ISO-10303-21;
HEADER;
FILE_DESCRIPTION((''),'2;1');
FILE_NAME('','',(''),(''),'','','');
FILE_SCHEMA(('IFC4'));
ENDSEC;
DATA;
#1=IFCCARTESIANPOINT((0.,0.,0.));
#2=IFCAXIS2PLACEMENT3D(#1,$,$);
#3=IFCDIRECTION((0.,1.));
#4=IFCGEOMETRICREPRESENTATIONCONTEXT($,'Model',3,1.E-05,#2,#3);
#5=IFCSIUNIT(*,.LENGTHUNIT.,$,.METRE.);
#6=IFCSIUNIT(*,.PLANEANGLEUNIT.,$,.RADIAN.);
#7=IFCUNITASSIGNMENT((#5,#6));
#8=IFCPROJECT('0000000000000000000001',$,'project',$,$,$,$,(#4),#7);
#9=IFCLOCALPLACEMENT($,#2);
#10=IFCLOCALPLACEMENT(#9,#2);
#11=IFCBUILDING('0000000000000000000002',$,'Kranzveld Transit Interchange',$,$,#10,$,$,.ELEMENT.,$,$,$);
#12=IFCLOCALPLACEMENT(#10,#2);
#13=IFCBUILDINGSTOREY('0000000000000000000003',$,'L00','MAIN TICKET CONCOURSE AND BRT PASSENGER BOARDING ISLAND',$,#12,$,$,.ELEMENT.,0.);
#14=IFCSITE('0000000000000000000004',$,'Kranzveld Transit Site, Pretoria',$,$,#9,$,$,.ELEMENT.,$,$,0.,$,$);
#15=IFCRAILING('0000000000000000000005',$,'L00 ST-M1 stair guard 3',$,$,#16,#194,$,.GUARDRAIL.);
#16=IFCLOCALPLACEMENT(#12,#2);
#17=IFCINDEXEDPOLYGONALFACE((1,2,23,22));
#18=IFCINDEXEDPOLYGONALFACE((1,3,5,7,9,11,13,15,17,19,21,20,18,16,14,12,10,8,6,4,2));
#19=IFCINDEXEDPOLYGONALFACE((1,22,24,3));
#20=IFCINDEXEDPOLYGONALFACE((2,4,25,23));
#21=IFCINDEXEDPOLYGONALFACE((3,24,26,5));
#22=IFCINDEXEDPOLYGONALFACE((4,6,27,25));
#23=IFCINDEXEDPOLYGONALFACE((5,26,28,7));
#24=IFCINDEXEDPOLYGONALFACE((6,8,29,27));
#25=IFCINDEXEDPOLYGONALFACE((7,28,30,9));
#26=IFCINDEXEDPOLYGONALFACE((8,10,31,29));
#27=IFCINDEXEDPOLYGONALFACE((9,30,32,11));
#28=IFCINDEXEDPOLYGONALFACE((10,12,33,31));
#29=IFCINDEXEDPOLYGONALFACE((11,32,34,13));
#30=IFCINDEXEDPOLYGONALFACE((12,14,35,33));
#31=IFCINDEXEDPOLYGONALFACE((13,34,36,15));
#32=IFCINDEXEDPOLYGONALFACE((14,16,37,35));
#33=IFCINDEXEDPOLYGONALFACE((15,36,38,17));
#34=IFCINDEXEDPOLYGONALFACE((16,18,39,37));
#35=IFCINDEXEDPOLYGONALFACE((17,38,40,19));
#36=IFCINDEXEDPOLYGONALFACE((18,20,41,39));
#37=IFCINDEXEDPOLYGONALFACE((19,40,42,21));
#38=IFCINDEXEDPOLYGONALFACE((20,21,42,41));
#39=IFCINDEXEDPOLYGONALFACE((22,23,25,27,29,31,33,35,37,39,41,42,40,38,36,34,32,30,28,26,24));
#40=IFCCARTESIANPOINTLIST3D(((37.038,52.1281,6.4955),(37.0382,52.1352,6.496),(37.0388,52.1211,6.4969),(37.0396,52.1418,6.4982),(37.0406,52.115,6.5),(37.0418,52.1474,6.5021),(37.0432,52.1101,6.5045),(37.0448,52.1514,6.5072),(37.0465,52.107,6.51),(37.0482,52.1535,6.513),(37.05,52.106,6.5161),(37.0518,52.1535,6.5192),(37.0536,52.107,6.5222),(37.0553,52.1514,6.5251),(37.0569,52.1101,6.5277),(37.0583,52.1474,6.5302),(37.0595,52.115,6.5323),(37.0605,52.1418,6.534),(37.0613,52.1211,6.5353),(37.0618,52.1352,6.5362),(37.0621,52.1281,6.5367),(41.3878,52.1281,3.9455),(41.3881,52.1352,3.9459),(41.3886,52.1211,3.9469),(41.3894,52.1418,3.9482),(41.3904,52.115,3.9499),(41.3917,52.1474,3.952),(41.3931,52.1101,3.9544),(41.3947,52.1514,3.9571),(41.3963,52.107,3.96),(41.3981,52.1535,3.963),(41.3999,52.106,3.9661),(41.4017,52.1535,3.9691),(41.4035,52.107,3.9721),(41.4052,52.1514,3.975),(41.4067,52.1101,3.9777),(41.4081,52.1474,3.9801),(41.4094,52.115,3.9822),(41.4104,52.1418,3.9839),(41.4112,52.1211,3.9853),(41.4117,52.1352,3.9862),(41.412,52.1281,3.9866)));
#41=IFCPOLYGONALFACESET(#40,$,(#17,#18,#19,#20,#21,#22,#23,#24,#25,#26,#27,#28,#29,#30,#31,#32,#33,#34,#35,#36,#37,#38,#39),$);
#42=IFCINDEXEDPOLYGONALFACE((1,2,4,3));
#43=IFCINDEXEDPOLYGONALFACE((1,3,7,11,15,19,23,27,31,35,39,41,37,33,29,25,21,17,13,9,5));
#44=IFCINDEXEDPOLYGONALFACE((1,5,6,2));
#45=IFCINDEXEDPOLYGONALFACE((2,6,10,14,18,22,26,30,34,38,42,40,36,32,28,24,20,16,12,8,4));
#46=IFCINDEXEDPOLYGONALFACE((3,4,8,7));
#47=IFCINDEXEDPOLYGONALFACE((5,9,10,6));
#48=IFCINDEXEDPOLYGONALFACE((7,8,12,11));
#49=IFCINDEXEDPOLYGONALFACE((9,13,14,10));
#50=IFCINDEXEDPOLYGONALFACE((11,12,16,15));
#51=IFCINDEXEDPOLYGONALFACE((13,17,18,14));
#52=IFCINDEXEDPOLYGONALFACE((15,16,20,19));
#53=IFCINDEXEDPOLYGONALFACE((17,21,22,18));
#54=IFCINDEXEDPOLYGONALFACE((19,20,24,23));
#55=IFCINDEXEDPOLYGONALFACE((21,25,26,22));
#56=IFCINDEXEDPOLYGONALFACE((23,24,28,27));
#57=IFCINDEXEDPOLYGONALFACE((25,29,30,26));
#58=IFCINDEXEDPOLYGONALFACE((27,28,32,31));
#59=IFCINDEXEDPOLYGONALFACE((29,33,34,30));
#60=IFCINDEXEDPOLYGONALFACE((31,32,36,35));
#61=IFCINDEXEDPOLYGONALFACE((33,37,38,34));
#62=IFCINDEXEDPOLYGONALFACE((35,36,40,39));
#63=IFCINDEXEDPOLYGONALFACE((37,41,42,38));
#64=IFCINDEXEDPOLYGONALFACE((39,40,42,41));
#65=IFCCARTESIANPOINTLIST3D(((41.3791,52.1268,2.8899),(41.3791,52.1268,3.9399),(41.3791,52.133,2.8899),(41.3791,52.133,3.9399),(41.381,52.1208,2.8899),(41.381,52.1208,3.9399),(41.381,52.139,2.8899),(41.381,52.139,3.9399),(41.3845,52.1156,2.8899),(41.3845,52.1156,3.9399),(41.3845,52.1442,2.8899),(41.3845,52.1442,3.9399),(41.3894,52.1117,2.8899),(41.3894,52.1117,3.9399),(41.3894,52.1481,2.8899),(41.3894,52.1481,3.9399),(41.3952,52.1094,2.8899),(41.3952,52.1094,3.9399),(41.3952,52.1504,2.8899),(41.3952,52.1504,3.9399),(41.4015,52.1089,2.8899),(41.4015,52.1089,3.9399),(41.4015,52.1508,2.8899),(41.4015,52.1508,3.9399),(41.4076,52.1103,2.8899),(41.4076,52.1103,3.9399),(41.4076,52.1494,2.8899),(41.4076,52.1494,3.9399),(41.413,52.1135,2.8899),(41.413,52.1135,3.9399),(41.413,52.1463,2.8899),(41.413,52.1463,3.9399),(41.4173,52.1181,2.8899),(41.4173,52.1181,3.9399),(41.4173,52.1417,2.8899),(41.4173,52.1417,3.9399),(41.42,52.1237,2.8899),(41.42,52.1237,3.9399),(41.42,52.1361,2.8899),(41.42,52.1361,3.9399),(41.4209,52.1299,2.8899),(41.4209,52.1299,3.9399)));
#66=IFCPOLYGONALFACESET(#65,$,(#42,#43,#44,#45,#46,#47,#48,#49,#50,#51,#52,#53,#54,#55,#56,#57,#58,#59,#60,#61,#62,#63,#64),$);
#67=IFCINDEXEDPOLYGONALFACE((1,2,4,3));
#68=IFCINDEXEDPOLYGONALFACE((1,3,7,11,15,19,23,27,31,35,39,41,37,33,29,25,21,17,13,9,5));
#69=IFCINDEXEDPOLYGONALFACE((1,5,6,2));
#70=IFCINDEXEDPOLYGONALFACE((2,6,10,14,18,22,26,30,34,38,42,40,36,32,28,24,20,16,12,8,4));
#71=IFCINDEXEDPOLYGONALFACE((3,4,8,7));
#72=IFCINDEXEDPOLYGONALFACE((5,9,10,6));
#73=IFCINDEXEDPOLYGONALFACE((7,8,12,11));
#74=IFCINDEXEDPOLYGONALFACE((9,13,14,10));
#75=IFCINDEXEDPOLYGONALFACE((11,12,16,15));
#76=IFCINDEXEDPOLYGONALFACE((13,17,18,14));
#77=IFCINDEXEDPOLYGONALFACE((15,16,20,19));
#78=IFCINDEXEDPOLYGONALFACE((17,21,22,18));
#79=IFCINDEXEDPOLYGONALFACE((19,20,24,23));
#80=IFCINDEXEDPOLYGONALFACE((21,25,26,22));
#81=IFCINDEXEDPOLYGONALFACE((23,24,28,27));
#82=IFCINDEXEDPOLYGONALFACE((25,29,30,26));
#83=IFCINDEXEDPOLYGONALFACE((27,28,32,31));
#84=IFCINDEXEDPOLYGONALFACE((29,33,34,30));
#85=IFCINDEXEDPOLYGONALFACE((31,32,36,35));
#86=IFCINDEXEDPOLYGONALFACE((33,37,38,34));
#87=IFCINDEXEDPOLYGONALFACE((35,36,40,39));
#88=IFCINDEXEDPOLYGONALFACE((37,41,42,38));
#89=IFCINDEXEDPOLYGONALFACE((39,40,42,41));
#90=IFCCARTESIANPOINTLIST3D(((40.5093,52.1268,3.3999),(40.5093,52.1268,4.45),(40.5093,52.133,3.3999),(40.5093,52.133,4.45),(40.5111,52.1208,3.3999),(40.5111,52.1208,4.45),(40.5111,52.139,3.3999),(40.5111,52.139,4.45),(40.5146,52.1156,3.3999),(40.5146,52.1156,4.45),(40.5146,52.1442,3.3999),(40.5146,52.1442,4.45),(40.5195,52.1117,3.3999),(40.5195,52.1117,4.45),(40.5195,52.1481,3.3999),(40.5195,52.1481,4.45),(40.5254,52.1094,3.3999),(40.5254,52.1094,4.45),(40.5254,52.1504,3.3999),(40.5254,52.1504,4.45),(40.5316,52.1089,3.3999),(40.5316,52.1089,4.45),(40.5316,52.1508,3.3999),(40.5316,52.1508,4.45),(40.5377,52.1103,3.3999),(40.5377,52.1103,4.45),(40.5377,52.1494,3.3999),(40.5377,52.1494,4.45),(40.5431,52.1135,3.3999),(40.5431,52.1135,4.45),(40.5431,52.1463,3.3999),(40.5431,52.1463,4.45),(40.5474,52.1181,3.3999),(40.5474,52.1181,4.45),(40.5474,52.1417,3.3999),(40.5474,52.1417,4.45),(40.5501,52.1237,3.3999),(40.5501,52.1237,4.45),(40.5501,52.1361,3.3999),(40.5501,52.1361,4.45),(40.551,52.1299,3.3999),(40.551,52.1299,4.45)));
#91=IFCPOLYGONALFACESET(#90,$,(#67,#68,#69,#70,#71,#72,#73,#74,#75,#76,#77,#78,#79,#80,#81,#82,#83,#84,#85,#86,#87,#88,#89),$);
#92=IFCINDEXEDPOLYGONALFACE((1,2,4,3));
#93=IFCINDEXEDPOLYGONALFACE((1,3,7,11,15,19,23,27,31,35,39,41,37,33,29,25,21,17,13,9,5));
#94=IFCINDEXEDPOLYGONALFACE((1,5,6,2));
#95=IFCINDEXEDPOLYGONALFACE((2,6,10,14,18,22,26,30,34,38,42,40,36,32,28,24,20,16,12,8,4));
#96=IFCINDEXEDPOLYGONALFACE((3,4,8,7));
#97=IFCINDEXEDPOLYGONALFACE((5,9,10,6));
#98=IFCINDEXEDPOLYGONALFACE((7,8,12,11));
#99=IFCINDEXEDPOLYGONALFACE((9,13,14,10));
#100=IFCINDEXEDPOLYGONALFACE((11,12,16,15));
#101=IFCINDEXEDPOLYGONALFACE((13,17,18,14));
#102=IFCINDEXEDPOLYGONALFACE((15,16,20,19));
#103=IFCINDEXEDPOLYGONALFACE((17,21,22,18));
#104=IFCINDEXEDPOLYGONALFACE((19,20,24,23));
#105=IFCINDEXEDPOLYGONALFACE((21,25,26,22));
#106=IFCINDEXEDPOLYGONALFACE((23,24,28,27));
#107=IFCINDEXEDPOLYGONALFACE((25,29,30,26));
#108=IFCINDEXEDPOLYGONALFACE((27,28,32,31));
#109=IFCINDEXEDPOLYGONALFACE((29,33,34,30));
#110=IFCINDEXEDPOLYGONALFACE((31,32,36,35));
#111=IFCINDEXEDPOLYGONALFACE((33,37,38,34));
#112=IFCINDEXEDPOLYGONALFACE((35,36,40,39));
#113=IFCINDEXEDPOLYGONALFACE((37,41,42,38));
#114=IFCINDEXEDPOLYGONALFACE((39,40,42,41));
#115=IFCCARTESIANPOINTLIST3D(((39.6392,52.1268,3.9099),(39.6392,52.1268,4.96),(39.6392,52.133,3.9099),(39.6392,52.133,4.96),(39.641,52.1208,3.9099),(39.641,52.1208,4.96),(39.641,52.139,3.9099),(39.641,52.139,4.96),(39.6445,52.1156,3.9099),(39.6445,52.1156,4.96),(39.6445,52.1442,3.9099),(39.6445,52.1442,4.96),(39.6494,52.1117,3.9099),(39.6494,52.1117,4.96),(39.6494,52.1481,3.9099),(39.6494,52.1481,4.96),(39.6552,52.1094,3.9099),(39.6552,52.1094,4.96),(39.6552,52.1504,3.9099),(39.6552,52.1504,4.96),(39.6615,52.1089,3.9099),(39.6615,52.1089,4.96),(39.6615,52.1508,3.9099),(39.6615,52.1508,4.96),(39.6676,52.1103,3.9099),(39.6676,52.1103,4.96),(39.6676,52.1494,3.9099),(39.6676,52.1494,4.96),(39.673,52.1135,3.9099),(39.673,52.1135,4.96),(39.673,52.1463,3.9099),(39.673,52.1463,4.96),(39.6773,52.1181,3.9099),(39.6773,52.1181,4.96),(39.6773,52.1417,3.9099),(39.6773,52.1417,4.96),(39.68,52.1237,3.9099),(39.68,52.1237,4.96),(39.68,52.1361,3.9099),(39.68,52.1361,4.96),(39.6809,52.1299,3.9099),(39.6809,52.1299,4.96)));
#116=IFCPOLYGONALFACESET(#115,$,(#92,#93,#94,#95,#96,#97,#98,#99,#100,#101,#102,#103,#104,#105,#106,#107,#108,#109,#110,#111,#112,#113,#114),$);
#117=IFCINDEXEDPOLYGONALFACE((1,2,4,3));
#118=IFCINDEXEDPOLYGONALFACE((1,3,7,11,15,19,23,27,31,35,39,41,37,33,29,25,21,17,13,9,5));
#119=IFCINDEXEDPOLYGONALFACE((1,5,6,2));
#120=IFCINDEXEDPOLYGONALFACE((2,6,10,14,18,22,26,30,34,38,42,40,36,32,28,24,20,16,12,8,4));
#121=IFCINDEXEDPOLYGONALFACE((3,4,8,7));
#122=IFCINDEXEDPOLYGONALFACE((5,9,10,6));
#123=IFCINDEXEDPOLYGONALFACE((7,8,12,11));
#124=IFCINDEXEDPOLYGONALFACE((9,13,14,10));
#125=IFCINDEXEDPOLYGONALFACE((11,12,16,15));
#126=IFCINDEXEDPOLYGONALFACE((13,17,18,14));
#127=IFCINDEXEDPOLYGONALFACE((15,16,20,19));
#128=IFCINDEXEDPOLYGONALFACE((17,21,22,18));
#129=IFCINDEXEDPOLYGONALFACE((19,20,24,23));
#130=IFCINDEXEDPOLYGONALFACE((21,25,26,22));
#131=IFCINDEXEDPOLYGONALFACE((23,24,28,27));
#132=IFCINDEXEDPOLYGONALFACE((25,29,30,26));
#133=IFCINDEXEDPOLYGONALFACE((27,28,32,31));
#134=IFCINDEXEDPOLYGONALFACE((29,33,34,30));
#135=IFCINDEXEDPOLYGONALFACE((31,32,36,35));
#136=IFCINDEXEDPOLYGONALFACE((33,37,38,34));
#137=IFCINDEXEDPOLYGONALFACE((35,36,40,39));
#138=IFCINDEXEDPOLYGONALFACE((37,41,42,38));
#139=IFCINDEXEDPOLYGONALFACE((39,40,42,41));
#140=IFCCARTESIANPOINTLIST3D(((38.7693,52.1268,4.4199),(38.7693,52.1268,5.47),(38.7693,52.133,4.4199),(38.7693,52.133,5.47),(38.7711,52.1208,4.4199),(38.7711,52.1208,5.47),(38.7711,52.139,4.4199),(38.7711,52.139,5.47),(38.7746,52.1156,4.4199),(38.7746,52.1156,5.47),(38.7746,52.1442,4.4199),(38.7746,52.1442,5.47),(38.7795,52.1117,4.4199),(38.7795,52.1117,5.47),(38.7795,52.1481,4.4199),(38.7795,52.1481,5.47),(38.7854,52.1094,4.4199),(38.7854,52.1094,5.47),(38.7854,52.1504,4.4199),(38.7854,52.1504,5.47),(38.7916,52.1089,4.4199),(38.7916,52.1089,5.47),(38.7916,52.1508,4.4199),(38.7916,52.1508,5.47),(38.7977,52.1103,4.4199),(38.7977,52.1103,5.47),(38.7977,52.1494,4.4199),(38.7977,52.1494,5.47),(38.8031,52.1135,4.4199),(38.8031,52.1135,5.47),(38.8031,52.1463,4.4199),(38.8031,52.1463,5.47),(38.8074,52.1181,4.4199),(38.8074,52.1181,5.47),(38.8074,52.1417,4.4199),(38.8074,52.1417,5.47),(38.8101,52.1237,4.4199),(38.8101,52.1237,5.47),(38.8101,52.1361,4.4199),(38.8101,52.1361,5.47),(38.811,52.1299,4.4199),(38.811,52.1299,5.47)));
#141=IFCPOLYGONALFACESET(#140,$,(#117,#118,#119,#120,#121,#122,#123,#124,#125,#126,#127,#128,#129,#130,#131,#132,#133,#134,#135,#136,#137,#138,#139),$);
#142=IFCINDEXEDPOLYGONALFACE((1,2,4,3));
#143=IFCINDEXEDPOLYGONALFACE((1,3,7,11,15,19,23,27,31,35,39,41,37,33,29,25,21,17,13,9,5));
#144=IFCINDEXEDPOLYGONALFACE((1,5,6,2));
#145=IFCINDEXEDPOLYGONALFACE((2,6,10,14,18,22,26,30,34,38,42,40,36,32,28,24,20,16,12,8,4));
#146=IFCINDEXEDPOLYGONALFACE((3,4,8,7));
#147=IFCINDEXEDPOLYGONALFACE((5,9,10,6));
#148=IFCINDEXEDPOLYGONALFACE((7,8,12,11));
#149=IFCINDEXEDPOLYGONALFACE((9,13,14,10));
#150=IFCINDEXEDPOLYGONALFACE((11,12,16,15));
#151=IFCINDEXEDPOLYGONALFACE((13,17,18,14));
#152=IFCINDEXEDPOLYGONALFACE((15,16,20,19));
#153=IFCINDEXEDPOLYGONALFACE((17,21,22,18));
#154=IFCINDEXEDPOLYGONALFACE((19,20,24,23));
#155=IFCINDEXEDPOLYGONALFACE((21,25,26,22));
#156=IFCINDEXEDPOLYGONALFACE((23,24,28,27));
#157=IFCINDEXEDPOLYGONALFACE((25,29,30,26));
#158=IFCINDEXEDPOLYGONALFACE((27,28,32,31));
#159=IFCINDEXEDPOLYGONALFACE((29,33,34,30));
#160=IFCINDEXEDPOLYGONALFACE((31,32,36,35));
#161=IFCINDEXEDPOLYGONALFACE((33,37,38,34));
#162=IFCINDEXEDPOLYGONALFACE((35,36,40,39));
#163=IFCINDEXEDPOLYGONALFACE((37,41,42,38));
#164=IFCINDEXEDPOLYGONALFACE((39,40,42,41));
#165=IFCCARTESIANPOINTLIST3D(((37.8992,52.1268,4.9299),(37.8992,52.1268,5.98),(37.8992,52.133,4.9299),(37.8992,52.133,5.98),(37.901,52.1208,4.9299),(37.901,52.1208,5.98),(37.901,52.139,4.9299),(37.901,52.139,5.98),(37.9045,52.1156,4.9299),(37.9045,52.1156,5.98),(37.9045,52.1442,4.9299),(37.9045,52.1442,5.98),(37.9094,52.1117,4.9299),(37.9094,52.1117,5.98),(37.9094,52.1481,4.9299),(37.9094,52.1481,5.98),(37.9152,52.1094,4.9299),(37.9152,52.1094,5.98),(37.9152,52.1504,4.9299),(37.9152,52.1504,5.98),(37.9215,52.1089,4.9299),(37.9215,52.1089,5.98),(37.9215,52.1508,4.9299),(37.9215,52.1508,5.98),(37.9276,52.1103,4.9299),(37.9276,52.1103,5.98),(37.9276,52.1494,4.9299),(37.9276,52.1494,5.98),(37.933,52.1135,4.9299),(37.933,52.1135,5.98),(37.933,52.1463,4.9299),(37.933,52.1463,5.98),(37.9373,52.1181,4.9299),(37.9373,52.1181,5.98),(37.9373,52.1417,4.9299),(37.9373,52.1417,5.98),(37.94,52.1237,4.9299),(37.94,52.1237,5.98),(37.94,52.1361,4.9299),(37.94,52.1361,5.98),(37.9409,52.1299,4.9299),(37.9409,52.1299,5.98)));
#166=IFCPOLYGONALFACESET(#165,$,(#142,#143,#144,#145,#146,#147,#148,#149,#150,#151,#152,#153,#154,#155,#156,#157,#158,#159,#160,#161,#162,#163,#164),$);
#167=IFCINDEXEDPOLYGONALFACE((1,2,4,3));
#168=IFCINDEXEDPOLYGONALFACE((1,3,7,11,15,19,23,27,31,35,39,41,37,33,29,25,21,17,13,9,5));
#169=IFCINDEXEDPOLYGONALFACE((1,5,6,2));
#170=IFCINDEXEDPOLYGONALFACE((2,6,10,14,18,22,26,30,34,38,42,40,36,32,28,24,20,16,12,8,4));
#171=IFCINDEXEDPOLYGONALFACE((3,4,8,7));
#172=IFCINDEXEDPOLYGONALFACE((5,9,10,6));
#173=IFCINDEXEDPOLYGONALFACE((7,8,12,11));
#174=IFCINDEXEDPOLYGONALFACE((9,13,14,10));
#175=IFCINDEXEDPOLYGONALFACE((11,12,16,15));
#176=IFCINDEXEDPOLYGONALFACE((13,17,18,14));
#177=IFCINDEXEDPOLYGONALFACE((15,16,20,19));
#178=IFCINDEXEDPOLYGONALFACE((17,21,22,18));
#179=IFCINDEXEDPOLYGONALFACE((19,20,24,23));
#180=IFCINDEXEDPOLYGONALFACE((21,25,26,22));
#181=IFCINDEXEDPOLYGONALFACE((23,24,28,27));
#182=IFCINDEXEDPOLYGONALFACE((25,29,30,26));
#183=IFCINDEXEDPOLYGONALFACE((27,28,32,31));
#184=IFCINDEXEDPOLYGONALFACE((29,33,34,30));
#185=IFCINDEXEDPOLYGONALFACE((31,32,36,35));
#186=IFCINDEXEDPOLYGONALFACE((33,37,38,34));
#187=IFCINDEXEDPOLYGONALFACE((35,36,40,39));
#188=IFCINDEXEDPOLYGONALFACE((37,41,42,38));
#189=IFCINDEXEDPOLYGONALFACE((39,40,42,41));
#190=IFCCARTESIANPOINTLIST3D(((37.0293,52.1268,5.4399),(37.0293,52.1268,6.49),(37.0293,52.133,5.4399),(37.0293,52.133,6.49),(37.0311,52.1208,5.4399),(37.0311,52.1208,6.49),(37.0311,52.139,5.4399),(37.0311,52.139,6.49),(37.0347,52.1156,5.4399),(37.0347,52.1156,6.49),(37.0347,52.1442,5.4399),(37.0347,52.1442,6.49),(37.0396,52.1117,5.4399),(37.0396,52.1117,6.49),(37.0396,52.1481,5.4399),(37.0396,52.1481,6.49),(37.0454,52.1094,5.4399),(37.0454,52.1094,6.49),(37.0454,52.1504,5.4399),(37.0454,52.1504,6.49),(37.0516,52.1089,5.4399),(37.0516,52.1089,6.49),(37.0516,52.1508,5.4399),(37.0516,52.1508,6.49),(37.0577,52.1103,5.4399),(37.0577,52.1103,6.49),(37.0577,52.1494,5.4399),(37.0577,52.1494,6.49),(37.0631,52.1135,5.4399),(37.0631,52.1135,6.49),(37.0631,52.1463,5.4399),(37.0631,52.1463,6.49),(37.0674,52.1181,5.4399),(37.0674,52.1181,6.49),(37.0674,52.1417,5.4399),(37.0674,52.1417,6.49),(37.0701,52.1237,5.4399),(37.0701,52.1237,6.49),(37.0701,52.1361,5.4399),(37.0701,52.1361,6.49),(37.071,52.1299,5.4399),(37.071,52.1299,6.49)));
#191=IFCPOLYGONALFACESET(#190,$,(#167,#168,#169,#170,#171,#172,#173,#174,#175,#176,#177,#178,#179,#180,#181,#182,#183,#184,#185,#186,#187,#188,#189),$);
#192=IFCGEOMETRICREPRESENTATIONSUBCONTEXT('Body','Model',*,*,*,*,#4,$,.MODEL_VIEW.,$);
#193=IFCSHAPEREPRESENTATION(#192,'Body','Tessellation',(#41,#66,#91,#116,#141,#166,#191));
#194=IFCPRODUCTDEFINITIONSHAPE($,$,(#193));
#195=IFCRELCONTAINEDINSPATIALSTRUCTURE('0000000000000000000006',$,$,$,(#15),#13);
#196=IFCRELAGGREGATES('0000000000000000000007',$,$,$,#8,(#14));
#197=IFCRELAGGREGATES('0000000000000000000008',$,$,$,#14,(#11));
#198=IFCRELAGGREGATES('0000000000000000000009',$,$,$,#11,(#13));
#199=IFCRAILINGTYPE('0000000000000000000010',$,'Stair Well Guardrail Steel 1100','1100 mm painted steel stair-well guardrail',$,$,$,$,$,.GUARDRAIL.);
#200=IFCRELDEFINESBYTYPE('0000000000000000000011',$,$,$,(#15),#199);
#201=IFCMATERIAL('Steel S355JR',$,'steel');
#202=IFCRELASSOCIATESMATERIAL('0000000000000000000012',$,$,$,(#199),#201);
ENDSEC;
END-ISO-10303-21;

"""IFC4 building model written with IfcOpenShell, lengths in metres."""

from ifc_helpers import new_model, si_unit, direction, frame, origin, origin_2d, place, context, subcontext, project, spatial, circle, extrude, material, type_object, element, save


model = new_model("IFC4")

# Units and contexts
model_context = context("Model", 3, precision=1e-05, world=origin(), true_north=direction((0.0, 1.0)))
body_context = subcontext(model_context, "Body", "Model", "MODEL_VIEW")
ifc_project = project(units=[si_unit("LENGTHUNIT", "METRE"), si_unit("PLANEANGLEUNIT", "RADIAN")], contexts=[model_context])

# Site, building, storey
site_placement = place(None, origin())
site = spatial("IfcSite", under=ifc_project, at=site_placement, Name="Kranzveld Transit Site, Pretoria", CompositionType="ELEMENT", RefElevation=0.0)
building_placement = place(site_placement, origin())
building = spatial("IfcBuilding", under=site, at=building_placement, Name="Kranzveld Transit Interchange", CompositionType="ELEMENT")
storey_placement = place(building_placement, origin())
storey = spatial("IfcBuildingStorey", under=building, at=storey_placement, Name="L00", Description="MAIN TICKET CONCOURSE AND BRT PASSENGER BOARDING ISLAND", CompositionType="ELEMENT", Elevation=0.0)

# Railing
ifc_material_1 = material(Name="Steel S355JR", Category="steel")
railing_type_1 = type_object("IfcRailingType", Name="Stair Well Guardrail Steel 1100", Description="1100 mm painted steel stair-well guardrail", PredefinedType="GUARDRAIL", material=ifc_material_1)
railing_1_placement = place(storey_placement, frame((41.3999, 52.1299, 2.8899)))
element("IfcRailing", 1, at=railing_1_placement, inside=storey, type_object=railing_type_1, Name="L00 ST-M1 stair guard 3", PredefinedType="GUARDRAIL", context=body_context, shape_type="SweptSolid", body=[
    extrude(circle(Radius=0.0239, at=origin_2d()), frame((0.0, 0.0, 1.0762), z_axis=(-0.862686, 0.0, 0.505739), x_axis=(0.0, -1.0, 0.0)), (0.0, 0.0, 1.0), 5.0422),
    extrude(circle(Radius=0.021, at=origin_2d()), origin(), (0.0, 0.0, 1.0), 1.05),
    extrude(circle(Radius=0.021, at=origin_2d()), frame((-0.8699, 0.0, 0.51)), (0.0, 0.0, 1.0), 1.05),
    extrude(circle(Radius=0.021, at=origin_2d()), frame((-1.74, 0.0, 1.02)), (0.0, 0.0, 1.0), 1.05),
    extrude(circle(Radius=0.021, at=origin_2d()), frame((-2.6099, 0.0, 1.53)), (0.0, 0.0, 1.0), 1.05),
    extrude(circle(Radius=0.021, at=origin_2d()), frame((-3.48, 0.0, 2.04)), (0.0, 0.0, 1.0), 1.05),
    extrude(circle(Radius=0.021, at=origin_2d()), frame((-4.3499, 0.0, 2.55)), (0.0, 0.0, 1.0), 1.05),
])

save(model, "model.ifc")
